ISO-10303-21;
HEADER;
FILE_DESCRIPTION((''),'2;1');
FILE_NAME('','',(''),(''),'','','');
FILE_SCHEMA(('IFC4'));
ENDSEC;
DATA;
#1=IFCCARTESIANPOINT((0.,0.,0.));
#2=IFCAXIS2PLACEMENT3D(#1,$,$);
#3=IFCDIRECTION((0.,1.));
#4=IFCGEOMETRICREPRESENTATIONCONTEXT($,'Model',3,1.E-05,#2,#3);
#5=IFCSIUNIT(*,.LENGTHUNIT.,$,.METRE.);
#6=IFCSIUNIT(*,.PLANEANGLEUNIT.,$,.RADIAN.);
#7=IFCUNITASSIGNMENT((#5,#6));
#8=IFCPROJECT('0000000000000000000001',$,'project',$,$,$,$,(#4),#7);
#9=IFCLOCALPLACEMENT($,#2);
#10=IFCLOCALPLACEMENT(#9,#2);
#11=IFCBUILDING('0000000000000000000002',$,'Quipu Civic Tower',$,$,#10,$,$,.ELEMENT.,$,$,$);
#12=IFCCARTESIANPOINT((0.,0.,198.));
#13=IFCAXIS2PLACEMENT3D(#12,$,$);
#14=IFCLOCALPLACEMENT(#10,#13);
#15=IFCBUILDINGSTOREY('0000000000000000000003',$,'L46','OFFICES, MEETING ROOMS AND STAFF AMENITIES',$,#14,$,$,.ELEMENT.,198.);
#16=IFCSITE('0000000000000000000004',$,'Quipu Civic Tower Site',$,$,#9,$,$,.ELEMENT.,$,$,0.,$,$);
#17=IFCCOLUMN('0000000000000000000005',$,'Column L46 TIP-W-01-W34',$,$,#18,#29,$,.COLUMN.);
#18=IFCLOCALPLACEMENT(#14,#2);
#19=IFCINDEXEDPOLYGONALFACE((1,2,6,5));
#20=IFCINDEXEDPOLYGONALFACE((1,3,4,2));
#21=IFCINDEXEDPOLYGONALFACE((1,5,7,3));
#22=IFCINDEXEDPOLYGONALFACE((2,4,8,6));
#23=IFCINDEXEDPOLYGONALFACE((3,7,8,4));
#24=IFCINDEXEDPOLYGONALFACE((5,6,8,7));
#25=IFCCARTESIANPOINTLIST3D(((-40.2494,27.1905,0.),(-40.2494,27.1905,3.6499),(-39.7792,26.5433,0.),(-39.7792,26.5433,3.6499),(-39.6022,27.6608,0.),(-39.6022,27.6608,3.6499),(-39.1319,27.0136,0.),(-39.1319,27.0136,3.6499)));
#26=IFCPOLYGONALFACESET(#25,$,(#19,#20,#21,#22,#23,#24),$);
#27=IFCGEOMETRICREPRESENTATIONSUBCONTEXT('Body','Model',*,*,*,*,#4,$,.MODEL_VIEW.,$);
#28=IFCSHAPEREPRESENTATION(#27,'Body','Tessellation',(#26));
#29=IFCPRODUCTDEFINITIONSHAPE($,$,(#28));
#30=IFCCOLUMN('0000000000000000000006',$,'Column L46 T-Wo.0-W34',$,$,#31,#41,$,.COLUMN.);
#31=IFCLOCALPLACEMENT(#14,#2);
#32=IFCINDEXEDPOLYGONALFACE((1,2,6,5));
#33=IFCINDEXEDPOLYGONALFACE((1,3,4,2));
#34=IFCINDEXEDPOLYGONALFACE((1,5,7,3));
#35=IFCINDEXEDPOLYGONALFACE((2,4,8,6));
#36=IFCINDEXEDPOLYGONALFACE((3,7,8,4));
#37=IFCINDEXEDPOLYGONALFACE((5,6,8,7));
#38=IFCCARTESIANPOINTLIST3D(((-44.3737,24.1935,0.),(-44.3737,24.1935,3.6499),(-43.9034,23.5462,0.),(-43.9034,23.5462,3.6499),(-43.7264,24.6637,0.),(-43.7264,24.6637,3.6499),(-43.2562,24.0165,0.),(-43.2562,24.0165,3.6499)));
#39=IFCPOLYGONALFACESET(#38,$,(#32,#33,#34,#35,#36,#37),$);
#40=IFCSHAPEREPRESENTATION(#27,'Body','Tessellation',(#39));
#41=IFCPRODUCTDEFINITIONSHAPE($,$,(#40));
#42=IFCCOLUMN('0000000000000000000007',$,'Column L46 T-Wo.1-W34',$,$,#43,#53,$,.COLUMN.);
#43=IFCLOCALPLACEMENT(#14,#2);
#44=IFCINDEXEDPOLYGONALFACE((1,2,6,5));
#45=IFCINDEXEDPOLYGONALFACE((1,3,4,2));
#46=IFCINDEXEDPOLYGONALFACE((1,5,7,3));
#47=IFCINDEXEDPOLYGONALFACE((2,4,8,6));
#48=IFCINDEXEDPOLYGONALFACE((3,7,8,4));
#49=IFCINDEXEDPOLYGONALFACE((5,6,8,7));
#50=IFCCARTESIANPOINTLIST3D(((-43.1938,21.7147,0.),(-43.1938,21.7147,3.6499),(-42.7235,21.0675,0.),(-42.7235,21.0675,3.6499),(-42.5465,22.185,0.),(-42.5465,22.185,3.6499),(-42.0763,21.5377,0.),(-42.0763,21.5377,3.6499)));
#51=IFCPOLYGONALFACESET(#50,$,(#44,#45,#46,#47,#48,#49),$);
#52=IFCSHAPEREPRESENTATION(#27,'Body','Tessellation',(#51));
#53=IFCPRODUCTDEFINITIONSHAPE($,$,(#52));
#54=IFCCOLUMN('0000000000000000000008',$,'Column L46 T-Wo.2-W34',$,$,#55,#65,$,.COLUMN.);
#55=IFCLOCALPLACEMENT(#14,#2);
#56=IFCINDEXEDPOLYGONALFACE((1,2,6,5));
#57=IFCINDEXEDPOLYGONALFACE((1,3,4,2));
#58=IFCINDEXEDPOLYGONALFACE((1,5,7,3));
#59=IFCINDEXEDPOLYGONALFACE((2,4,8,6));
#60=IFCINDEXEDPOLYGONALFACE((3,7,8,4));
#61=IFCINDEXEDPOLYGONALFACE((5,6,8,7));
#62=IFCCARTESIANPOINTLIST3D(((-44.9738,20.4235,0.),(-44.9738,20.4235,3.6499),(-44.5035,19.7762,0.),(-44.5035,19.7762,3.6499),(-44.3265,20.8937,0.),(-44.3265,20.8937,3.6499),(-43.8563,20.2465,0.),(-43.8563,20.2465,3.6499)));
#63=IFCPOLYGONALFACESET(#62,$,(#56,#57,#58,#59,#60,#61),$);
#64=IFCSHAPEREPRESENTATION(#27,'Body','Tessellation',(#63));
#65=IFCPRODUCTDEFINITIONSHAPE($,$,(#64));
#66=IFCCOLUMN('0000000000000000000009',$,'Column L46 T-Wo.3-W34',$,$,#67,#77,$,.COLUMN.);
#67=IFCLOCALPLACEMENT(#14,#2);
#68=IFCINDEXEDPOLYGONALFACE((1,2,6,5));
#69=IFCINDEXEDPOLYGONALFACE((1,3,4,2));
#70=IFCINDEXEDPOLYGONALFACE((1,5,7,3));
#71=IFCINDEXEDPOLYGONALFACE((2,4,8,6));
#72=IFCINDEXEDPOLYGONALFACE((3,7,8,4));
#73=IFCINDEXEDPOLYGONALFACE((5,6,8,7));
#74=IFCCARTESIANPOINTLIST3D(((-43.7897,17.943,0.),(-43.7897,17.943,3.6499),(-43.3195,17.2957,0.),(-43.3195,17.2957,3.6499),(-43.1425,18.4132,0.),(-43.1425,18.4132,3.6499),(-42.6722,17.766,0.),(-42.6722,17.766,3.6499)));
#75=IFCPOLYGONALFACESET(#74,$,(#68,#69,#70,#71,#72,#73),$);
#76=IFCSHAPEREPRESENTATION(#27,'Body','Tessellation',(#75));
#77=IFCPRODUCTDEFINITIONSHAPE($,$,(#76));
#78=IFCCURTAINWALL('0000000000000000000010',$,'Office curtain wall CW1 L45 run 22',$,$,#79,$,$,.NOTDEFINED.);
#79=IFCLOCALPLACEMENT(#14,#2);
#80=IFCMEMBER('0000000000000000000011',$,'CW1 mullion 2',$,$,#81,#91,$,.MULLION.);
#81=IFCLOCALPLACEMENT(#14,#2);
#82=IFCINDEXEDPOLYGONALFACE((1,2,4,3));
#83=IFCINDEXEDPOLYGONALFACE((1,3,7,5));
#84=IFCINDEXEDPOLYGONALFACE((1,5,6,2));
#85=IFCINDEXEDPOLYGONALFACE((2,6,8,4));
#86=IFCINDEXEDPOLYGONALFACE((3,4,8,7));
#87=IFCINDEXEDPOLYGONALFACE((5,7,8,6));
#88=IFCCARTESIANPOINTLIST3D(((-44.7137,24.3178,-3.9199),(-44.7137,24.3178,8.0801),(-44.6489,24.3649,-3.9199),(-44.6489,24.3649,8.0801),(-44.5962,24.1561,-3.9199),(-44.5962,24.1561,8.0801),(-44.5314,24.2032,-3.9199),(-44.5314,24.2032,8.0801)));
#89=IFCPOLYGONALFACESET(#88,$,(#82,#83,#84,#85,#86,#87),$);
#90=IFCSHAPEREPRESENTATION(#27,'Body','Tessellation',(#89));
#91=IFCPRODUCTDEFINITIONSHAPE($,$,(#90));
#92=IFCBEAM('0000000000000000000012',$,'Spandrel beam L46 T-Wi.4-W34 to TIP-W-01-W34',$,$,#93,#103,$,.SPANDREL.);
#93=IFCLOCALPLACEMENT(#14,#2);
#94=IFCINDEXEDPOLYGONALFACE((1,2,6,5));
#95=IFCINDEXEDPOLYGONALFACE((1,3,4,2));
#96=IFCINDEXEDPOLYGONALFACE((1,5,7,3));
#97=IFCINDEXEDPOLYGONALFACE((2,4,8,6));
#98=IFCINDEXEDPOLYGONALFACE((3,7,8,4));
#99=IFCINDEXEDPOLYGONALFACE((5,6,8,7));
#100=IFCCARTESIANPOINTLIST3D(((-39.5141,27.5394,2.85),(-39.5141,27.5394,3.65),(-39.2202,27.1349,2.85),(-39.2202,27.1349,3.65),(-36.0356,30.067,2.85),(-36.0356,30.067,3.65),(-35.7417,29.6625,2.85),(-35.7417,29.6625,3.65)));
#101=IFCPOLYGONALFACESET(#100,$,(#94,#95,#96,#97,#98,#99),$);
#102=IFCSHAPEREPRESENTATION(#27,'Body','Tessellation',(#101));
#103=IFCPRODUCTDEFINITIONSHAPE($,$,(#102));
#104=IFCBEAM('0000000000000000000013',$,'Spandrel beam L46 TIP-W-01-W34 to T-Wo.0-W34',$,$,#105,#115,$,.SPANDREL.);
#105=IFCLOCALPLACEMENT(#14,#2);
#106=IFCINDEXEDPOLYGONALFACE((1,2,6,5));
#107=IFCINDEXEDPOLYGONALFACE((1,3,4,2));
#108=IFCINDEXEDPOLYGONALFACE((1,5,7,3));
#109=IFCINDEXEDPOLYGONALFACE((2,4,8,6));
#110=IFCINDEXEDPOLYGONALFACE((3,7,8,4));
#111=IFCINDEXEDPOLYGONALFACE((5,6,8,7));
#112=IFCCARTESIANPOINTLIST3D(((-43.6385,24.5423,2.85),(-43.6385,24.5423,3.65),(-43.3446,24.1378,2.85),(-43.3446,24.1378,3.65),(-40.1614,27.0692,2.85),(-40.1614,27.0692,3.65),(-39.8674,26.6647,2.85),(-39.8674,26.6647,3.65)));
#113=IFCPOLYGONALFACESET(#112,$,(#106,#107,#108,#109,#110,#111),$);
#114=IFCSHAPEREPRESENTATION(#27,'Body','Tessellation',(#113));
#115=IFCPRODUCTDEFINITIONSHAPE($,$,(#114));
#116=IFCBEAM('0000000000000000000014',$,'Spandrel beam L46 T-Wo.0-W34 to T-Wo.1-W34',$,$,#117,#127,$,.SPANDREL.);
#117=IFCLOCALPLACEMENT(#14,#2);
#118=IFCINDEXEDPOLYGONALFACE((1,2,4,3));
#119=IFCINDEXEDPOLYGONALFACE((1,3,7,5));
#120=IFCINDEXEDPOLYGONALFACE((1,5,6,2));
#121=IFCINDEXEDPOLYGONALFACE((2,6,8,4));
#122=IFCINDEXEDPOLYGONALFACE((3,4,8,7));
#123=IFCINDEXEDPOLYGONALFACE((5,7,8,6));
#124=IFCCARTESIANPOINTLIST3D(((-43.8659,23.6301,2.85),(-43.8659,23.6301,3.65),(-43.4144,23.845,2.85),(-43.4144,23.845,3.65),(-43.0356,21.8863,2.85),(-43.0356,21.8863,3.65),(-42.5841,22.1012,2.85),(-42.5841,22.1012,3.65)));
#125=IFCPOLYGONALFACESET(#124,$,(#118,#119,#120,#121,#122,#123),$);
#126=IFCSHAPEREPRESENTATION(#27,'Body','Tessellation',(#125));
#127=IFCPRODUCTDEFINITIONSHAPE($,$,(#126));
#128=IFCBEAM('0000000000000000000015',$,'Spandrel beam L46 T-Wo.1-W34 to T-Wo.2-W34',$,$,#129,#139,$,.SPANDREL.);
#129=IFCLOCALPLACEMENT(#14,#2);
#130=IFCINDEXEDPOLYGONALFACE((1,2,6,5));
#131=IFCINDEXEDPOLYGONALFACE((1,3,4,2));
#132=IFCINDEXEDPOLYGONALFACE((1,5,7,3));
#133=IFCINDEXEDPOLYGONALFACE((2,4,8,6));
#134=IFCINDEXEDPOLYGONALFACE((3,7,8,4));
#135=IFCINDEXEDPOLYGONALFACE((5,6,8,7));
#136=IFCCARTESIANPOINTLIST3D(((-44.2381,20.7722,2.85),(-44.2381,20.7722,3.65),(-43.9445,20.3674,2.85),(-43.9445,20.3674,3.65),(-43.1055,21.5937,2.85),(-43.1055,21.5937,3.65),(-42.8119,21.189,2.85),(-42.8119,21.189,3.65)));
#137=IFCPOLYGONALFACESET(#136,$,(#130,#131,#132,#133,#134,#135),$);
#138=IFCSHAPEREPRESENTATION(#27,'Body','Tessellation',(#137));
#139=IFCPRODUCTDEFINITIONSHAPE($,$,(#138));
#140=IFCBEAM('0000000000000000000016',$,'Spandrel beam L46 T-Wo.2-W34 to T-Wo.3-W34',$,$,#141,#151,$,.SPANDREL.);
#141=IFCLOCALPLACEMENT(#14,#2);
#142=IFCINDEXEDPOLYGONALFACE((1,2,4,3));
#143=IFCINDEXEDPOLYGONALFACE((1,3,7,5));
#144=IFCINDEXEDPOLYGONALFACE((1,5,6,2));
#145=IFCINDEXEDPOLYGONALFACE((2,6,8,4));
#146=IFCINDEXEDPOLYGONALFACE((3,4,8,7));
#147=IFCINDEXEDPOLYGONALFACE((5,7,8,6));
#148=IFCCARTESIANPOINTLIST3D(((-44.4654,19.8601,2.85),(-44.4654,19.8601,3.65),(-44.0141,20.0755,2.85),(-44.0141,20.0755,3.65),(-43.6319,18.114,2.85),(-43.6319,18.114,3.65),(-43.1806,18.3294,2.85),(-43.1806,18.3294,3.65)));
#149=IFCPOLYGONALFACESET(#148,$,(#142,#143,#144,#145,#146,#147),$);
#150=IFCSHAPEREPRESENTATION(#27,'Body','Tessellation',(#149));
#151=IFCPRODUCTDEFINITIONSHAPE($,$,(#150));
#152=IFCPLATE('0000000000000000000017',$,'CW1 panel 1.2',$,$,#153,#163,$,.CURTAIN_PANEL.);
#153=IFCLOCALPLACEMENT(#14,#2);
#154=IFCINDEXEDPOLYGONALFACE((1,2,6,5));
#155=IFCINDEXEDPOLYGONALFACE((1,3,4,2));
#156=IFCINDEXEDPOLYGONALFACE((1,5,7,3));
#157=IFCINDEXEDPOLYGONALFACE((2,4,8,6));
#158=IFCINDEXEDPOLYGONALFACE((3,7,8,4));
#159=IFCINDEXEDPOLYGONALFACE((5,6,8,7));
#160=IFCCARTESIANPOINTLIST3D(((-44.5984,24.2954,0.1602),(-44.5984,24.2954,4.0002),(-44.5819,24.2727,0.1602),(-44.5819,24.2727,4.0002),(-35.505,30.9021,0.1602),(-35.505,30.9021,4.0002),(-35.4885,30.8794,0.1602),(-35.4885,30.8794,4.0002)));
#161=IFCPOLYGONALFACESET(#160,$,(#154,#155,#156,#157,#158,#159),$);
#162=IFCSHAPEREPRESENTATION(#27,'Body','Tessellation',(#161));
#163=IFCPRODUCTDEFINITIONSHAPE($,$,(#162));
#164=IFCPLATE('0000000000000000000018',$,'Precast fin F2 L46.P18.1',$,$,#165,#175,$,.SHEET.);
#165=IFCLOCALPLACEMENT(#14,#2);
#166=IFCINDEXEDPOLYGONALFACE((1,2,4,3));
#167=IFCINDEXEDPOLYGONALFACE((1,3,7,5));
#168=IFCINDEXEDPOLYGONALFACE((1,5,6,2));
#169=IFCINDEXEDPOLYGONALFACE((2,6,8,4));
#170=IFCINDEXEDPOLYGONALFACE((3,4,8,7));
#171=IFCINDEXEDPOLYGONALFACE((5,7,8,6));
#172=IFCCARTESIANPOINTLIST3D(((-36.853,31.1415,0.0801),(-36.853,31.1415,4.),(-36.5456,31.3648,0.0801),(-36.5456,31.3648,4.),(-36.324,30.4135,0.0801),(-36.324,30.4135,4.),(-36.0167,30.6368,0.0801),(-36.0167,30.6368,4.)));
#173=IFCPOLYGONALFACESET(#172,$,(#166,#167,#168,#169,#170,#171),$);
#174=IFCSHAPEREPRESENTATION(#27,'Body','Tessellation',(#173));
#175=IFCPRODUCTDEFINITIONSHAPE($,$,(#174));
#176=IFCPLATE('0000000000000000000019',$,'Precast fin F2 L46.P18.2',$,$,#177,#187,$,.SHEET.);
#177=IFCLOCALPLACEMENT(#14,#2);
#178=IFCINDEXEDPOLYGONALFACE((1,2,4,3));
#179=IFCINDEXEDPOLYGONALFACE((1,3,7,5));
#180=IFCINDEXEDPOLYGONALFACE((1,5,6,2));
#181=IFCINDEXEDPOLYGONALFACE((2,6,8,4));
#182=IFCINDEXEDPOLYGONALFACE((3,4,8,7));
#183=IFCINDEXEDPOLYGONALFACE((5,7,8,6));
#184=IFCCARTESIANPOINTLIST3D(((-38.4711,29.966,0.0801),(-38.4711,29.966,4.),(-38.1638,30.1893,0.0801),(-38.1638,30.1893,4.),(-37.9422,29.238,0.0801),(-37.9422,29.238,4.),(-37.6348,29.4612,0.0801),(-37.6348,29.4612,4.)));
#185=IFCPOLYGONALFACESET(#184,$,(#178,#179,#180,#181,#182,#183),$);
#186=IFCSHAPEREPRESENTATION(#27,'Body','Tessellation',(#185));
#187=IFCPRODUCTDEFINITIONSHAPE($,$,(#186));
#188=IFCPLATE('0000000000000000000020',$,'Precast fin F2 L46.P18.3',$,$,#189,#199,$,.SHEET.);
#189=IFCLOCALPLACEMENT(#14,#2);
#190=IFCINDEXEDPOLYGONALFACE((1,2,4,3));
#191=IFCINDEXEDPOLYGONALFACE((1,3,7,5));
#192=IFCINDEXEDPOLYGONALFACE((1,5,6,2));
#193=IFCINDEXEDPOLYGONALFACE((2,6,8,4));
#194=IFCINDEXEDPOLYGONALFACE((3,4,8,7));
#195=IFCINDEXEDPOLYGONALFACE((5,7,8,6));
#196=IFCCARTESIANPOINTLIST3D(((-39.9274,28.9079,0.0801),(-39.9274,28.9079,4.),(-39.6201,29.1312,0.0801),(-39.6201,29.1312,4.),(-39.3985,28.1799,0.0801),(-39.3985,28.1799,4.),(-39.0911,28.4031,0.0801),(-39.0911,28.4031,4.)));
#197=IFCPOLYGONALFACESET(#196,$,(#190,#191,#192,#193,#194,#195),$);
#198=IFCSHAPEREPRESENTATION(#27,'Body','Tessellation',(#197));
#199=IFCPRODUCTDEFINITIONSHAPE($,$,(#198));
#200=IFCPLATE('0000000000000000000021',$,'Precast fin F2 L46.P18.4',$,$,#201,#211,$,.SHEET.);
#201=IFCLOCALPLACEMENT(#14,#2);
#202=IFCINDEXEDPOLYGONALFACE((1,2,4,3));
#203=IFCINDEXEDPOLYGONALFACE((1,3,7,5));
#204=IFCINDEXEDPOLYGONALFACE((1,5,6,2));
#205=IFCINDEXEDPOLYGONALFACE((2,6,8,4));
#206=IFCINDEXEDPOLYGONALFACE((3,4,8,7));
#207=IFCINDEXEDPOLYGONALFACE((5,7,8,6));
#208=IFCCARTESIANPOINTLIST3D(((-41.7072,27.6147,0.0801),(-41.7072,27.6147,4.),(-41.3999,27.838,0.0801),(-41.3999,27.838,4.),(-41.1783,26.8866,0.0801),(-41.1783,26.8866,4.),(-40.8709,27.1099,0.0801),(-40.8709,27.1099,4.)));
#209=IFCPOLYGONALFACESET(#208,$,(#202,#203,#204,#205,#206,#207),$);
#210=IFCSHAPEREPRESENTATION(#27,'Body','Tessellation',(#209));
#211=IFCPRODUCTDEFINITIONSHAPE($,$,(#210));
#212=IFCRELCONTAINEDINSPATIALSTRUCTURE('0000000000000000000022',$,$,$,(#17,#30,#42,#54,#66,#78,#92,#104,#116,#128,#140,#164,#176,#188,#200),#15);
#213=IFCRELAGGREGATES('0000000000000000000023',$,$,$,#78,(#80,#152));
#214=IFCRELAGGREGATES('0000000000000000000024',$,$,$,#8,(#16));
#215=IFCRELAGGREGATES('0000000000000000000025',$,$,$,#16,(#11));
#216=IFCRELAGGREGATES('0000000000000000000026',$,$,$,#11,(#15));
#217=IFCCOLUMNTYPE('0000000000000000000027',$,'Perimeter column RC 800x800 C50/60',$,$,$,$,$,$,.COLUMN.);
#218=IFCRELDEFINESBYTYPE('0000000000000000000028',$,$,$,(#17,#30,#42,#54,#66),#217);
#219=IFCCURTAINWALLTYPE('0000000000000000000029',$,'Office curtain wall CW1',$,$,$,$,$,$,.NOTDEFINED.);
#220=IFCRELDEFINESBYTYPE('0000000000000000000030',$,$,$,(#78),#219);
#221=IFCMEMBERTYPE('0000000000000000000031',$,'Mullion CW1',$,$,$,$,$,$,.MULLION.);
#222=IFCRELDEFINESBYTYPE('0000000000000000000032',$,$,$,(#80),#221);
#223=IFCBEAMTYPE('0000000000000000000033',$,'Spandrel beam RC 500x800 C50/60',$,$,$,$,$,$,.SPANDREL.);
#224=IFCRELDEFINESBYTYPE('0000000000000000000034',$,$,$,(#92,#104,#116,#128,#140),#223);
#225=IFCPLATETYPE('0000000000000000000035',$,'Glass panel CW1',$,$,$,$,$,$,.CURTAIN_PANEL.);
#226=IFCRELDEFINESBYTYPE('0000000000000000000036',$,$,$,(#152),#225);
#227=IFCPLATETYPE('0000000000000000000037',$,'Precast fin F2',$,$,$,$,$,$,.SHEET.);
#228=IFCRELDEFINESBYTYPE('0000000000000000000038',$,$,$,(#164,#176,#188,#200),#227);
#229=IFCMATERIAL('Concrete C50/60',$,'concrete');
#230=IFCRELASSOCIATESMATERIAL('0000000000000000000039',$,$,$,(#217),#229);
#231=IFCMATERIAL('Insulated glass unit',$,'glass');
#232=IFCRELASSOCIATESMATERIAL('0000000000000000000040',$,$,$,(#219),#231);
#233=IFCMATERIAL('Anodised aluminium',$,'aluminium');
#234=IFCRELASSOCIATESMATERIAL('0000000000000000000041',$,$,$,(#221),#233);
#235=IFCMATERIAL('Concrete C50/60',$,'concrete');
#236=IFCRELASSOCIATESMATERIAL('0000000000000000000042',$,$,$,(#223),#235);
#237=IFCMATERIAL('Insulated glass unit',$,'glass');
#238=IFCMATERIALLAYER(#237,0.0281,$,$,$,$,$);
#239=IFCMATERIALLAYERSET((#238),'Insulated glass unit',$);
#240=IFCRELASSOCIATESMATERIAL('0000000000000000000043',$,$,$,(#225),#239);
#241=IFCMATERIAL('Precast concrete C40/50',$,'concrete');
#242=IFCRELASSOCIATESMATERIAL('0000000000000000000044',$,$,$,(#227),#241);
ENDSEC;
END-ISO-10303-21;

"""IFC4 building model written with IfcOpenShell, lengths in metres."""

from ifc_helpers import new_model, si_unit, direction, frame, origin, origin_2d, place, context, subcontext, project, spatial, rectangle, extrude, material, layer, layer_set, material_profile, profile_set, type_object, element, aggregate, save


model = new_model("IFC4")

# Units and contexts
model_context = context("Model", 3, precision=1e-05, world=origin(), true_north=direction((0.0, 1.0)))
body_context = subcontext(model_context, "Body", "Model", "MODEL_VIEW")
ifc_project = project(units=[si_unit("LENGTHUNIT", "METRE"), si_unit("PLANEANGLEUNIT", "RADIAN")], contexts=[model_context])

# Site, building, storey
site_placement = place(None, origin())
site = spatial("IfcSite", under=ifc_project, at=site_placement, Name="Quipu Civic Tower Site", CompositionType="ELEMENT", RefElevation=0.0)
building_placement = place(site_placement, origin())
building = spatial("IfcBuilding", under=site, at=building_placement, Name="Quipu Civic Tower", CompositionType="ELEMENT")
storey_placement = place(building_placement, frame((0.0, 0.0, 198.0)))
storey = spatial("IfcBuildingStorey", under=building, at=storey_placement, Name="L46", Description="OFFICES, MEETING ROOMS AND STAFF AMENITIES", CompositionType="ELEMENT", Elevation=198.0)

# Columns
ifc_material_1 = material(Name="Concrete C50/60", Category="concrete")
ifc_material_profile_1 = material_profile(ifc_material_1, rectangle(XDim=0.8, YDim=0.8, at=origin_2d()), Name="RC800x800")
ifc_profile_set_1 = profile_set([ifc_material_profile_1], Name="Concrete C50/60")
column_type = type_object("IfcColumnType", Name="Perimeter column RC 800x800 C50/60", PredefinedType="COLUMN", material=ifc_profile_set_1)
for number, where, z_axis, x_axis, name in (
    (1, (-39.6907, 27.1021, 0.0), (0.0, 0.0, 1.0), (-0.809017, -0.587785, 0.0), "Column L46 TIP-W-01-W34"),
    (2, (-43.8149, 24.105, 0.0), (0.0, 0.0, 1.0), (-0.809017, -0.587785, 0.0), "Column L46 T-Wo.0-W34"),
    (3, (-42.635, 21.6262, 0.0), (0.0, 0.0, 1.0), (-0.809017, -0.587785, 0.0), "Column L46 T-Wo.1-W34"),
    (4, (-44.415, 20.335, 0.0), (0.0, 0.0, 1.0), (0.587785, -0.809017, 0.0), "Column L46 T-Wo.2-W34"),
    (5, (-43.231, 17.8545, 0.0), (0.0, 0.0, 1.0), (0.587785, -0.809017, 0.0), "Column L46 T-Wo.3-W34"),
):
    element("IfcColumn", number, at=place(storey_placement, frame(where, z_axis=z_axis, x_axis=x_axis)), inside=storey, type_object=column_type, Name=name, PredefinedType="COLUMN", context=body_context, shape_type="SweptSolid", body=[
        extrude(rectangle(XDim=0.8, YDim=0.8, at=origin_2d()), origin(), (0.0, 0.0, 1.0), 3.6499),
    ])

# Curtain wall, member
ifc_material_2 = material(Name="Insulated glass unit", Category="glass")
curtain_wall_type = type_object("IfcCurtainWallType", Name="Office curtain wall CW1", PredefinedType="NOTDEFINED", material=ifc_material_2)
curtain_wall_placement = place(storey_placement, origin())
curtain_wall = element("IfcCurtainWall", 6, at=curtain_wall_placement, inside=storey, type_object=curtain_wall_type, Name="Office curtain wall CW1 L45 run 22", PredefinedType="NOTDEFINED")
ifc_material_3 = material(Name="Anodised aluminium", Category="aluminium")
ifc_material_profile_2 = material_profile(ifc_material_3, rectangle(XDim=0.2, YDim=0.0801, at=origin_2d()), Name="RECT 200x80")
ifc_profile_set_2 = profile_set([ifc_material_profile_2], Name="Anodised aluminium")
member_type = type_object("IfcMemberType", Name="Mullion CW1", PredefinedType="MULLION", material=ifc_profile_set_2)
member_placement = place(storey_placement, frame((-44.6226, 24.2605, -3.9199), z_axis=(0.0, 0.0, 1.0), x_axis=(0.587788, -0.809015, 0.0)))
member = element("IfcMember", 7, at=member_placement, type_object=member_type, Name="CW1 mullion 2", PredefinedType="MULLION", context=body_context, shape_type="SweptSolid", body=[
    extrude(rectangle(XDim=0.2, YDim=0.0801, at=origin_2d()), origin(), (0.0, 0.0, 1.0), 12.0),
])

# Beams
ifc_material_4 = material(Name="Concrete C50/60", Category="concrete")
ifc_material_profile_3 = material_profile(ifc_material_4, rectangle(XDim=0.5, YDim=0.8, at=origin_2d()), Name="RC500x800")
ifc_profile_set_3 = profile_set([ifc_material_profile_3], Name="Concrete C50/60")
beam_type = type_object("IfcBeamType", Name="Spandrel beam RC 500x800 C50/60", PredefinedType="SPANDREL", material=ifc_profile_set_3)
beam_1_placement = place(storey_placement, frame((-35.8887, 29.8647, 3.25), z_axis=(-0.808984, -0.587831, 0.0), x_axis=(0.587831, -0.808984, 0.0)))
element("IfcBeam", 8, at=beam_1_placement, inside=storey, type_object=beam_type, Name="Spandrel beam L46 T-Wi.4-W34 to TIP-W-01-W34", PredefinedType="SPANDREL", context=body_context, shape_type="SweptSolid", body=[
    extrude(rectangle(XDim=0.5, YDim=0.8, at=origin_2d()), origin(), (0.0, 0.0, 1.0), 4.2998),
])
beam_2_placement = place(storey_placement, frame((-40.0144, 26.8669, 3.25), z_axis=(-0.808947, -0.587881, 0.0), x_axis=(0.587881, -0.808947, 0.0)))
element("IfcBeam", 9, at=beam_2_placement, inside=storey, type_object=beam_type, Name="Spandrel beam L46 TIP-W-01-W34 to T-Wo.0-W34", PredefinedType="SPANDREL", context=body_context, shape_type="SweptSolid", body=[
    extrude(rectangle(XDim=0.5, YDim=0.8, at=origin_2d()), origin(), (0.0, 0.0, 1.0), 4.2983),
])
beam_3_placement = place(storey_placement, frame((-43.6401, 23.7375, 3.25), z_axis=(0.429889, -0.902882, 0.0), x_axis=(0.902882, 0.429889, 0.0)))
element("IfcBeam", 10, at=beam_3_placement, inside=storey, type_object=beam_type, Name="Spandrel beam L46 T-Wo.0-W34 to T-Wo.1-W34", PredefinedType="SPANDREL", context=body_context, shape_type="SweptSolid", body=[
    extrude(rectangle(XDim=0.5, YDim=0.8, at=origin_2d()), origin(), (0.0, 0.0, 1.0), 1.9314),
])
beam_4_placement = place(storey_placement, frame((-42.9587, 21.3914, 3.25), z_axis=(-0.809467, -0.587165, 0.0), x_axis=(0.587165, -0.809467, 0.0)))
element("IfcBeam", 11, at=beam_4_placement, inside=storey, type_object=beam_type, Name="Spandrel beam L46 T-Wo.1-W34 to T-Wo.2-W34", PredefinedType="SPANDREL", context=body_context, shape_type="SweptSolid", body=[
    extrude(rectangle(XDim=0.5, YDim=0.8, at=origin_2d()), origin(), (0.0, 0.0, 1.0), 1.3992),
])
beam_5_placement = place(storey_placement, frame((-44.2397, 19.9678, 3.25), z_axis=(0.430786, -0.902454, 0.0), x_axis=(0.902454, 0.430786, 0.0)))
element("IfcBeam", 12, at=beam_5_placement, inside=storey, type_object=beam_type, Name="Spandrel beam L46 T-Wo.2-W34 to T-Wo.3-W34", PredefinedType="SPANDREL", context=body_context, shape_type="SweptSolid", body=[
    extrude(rectangle(XDim=0.5, YDim=0.8, at=origin_2d()), origin(), (0.0, 0.0, 1.0), 1.9348),
])

# Plate
ifc_material_5 = material(Name="Insulated glass unit", Category="glass")
ifc_layer_1 = layer(ifc_material_5, 0.0281)
ifc_layer_set_1 = layer_set([ifc_layer_1], Name="Insulated glass unit")
plate_type_1 = type_object("IfcPlateType", Name="Glass panel CW1", PredefinedType="CURTAIN_PANEL", material=ifc_layer_set_1)
plate_placement = place(storey_placement, frame((-40.0435, 27.5874, 0.1602), z_axis=(0.0, 0.0, 1.0), x_axis=(-0.809015, -0.587788, 0.0)))
plate = element("IfcPlate", 13, at=plate_placement, type_object=plate_type_1, Name="CW1 panel 1.2", PredefinedType="CURTAIN_PANEL", context=body_context, shape_type="SweptSolid", body=[
    extrude(rectangle(XDim=11.24, YDim=0.0281, at=origin_2d()), origin(), (0.0, 0.0, 1.0), 3.8401),
])
aggregate(curtain_wall, [member, plate])

# Plates
ifc_material_6 = material(Name="Precast concrete C40/50", Category="concrete")
plate_type_2 = type_object("IfcPlateType", Name="Precast fin F2", PredefinedType="SHEET", material=ifc_material_6)
for number, where, z_axis, x_axis, name in (
    (14, (-36.4348, 30.8892, 0.0801), (0.0, 0.0, 1.0), (-0.809017, -0.587785, 0.0), "Precast fin F2 L46.P18.1"),
    (15, (-38.053, 29.7136, 0.0801), (0.0, 0.0, 1.0), (-0.809017, -0.587785, 0.0), "Precast fin F2 L46.P18.2"),
    (16, (-39.5093, 28.6555, 0.0801), (0.0, 0.0, 1.0), (-0.809017, -0.587785, 0.0), "Precast fin F2 L46.P18.3"),
    (17, (-41.2891, 27.3623, 0.0801), (0.0, 0.0, 1.0), (-0.809017, -0.587785, 0.0), "Precast fin F2 L46.P18.4"),
):
    element("IfcPlate", number, at=place(storey_placement, frame(where, z_axis=z_axis, x_axis=x_axis)), inside=storey, type_object=plate_type_2, Name=name, PredefinedType="SHEET", context=body_context, shape_type="SweptSolid", body=[
        extrude(rectangle(XDim=0.3799, YDim=0.8999, at=origin_2d()), origin(), (0.0, 0.0, 1.0), 3.9199),
    ])

save(model, "model.ifc")
